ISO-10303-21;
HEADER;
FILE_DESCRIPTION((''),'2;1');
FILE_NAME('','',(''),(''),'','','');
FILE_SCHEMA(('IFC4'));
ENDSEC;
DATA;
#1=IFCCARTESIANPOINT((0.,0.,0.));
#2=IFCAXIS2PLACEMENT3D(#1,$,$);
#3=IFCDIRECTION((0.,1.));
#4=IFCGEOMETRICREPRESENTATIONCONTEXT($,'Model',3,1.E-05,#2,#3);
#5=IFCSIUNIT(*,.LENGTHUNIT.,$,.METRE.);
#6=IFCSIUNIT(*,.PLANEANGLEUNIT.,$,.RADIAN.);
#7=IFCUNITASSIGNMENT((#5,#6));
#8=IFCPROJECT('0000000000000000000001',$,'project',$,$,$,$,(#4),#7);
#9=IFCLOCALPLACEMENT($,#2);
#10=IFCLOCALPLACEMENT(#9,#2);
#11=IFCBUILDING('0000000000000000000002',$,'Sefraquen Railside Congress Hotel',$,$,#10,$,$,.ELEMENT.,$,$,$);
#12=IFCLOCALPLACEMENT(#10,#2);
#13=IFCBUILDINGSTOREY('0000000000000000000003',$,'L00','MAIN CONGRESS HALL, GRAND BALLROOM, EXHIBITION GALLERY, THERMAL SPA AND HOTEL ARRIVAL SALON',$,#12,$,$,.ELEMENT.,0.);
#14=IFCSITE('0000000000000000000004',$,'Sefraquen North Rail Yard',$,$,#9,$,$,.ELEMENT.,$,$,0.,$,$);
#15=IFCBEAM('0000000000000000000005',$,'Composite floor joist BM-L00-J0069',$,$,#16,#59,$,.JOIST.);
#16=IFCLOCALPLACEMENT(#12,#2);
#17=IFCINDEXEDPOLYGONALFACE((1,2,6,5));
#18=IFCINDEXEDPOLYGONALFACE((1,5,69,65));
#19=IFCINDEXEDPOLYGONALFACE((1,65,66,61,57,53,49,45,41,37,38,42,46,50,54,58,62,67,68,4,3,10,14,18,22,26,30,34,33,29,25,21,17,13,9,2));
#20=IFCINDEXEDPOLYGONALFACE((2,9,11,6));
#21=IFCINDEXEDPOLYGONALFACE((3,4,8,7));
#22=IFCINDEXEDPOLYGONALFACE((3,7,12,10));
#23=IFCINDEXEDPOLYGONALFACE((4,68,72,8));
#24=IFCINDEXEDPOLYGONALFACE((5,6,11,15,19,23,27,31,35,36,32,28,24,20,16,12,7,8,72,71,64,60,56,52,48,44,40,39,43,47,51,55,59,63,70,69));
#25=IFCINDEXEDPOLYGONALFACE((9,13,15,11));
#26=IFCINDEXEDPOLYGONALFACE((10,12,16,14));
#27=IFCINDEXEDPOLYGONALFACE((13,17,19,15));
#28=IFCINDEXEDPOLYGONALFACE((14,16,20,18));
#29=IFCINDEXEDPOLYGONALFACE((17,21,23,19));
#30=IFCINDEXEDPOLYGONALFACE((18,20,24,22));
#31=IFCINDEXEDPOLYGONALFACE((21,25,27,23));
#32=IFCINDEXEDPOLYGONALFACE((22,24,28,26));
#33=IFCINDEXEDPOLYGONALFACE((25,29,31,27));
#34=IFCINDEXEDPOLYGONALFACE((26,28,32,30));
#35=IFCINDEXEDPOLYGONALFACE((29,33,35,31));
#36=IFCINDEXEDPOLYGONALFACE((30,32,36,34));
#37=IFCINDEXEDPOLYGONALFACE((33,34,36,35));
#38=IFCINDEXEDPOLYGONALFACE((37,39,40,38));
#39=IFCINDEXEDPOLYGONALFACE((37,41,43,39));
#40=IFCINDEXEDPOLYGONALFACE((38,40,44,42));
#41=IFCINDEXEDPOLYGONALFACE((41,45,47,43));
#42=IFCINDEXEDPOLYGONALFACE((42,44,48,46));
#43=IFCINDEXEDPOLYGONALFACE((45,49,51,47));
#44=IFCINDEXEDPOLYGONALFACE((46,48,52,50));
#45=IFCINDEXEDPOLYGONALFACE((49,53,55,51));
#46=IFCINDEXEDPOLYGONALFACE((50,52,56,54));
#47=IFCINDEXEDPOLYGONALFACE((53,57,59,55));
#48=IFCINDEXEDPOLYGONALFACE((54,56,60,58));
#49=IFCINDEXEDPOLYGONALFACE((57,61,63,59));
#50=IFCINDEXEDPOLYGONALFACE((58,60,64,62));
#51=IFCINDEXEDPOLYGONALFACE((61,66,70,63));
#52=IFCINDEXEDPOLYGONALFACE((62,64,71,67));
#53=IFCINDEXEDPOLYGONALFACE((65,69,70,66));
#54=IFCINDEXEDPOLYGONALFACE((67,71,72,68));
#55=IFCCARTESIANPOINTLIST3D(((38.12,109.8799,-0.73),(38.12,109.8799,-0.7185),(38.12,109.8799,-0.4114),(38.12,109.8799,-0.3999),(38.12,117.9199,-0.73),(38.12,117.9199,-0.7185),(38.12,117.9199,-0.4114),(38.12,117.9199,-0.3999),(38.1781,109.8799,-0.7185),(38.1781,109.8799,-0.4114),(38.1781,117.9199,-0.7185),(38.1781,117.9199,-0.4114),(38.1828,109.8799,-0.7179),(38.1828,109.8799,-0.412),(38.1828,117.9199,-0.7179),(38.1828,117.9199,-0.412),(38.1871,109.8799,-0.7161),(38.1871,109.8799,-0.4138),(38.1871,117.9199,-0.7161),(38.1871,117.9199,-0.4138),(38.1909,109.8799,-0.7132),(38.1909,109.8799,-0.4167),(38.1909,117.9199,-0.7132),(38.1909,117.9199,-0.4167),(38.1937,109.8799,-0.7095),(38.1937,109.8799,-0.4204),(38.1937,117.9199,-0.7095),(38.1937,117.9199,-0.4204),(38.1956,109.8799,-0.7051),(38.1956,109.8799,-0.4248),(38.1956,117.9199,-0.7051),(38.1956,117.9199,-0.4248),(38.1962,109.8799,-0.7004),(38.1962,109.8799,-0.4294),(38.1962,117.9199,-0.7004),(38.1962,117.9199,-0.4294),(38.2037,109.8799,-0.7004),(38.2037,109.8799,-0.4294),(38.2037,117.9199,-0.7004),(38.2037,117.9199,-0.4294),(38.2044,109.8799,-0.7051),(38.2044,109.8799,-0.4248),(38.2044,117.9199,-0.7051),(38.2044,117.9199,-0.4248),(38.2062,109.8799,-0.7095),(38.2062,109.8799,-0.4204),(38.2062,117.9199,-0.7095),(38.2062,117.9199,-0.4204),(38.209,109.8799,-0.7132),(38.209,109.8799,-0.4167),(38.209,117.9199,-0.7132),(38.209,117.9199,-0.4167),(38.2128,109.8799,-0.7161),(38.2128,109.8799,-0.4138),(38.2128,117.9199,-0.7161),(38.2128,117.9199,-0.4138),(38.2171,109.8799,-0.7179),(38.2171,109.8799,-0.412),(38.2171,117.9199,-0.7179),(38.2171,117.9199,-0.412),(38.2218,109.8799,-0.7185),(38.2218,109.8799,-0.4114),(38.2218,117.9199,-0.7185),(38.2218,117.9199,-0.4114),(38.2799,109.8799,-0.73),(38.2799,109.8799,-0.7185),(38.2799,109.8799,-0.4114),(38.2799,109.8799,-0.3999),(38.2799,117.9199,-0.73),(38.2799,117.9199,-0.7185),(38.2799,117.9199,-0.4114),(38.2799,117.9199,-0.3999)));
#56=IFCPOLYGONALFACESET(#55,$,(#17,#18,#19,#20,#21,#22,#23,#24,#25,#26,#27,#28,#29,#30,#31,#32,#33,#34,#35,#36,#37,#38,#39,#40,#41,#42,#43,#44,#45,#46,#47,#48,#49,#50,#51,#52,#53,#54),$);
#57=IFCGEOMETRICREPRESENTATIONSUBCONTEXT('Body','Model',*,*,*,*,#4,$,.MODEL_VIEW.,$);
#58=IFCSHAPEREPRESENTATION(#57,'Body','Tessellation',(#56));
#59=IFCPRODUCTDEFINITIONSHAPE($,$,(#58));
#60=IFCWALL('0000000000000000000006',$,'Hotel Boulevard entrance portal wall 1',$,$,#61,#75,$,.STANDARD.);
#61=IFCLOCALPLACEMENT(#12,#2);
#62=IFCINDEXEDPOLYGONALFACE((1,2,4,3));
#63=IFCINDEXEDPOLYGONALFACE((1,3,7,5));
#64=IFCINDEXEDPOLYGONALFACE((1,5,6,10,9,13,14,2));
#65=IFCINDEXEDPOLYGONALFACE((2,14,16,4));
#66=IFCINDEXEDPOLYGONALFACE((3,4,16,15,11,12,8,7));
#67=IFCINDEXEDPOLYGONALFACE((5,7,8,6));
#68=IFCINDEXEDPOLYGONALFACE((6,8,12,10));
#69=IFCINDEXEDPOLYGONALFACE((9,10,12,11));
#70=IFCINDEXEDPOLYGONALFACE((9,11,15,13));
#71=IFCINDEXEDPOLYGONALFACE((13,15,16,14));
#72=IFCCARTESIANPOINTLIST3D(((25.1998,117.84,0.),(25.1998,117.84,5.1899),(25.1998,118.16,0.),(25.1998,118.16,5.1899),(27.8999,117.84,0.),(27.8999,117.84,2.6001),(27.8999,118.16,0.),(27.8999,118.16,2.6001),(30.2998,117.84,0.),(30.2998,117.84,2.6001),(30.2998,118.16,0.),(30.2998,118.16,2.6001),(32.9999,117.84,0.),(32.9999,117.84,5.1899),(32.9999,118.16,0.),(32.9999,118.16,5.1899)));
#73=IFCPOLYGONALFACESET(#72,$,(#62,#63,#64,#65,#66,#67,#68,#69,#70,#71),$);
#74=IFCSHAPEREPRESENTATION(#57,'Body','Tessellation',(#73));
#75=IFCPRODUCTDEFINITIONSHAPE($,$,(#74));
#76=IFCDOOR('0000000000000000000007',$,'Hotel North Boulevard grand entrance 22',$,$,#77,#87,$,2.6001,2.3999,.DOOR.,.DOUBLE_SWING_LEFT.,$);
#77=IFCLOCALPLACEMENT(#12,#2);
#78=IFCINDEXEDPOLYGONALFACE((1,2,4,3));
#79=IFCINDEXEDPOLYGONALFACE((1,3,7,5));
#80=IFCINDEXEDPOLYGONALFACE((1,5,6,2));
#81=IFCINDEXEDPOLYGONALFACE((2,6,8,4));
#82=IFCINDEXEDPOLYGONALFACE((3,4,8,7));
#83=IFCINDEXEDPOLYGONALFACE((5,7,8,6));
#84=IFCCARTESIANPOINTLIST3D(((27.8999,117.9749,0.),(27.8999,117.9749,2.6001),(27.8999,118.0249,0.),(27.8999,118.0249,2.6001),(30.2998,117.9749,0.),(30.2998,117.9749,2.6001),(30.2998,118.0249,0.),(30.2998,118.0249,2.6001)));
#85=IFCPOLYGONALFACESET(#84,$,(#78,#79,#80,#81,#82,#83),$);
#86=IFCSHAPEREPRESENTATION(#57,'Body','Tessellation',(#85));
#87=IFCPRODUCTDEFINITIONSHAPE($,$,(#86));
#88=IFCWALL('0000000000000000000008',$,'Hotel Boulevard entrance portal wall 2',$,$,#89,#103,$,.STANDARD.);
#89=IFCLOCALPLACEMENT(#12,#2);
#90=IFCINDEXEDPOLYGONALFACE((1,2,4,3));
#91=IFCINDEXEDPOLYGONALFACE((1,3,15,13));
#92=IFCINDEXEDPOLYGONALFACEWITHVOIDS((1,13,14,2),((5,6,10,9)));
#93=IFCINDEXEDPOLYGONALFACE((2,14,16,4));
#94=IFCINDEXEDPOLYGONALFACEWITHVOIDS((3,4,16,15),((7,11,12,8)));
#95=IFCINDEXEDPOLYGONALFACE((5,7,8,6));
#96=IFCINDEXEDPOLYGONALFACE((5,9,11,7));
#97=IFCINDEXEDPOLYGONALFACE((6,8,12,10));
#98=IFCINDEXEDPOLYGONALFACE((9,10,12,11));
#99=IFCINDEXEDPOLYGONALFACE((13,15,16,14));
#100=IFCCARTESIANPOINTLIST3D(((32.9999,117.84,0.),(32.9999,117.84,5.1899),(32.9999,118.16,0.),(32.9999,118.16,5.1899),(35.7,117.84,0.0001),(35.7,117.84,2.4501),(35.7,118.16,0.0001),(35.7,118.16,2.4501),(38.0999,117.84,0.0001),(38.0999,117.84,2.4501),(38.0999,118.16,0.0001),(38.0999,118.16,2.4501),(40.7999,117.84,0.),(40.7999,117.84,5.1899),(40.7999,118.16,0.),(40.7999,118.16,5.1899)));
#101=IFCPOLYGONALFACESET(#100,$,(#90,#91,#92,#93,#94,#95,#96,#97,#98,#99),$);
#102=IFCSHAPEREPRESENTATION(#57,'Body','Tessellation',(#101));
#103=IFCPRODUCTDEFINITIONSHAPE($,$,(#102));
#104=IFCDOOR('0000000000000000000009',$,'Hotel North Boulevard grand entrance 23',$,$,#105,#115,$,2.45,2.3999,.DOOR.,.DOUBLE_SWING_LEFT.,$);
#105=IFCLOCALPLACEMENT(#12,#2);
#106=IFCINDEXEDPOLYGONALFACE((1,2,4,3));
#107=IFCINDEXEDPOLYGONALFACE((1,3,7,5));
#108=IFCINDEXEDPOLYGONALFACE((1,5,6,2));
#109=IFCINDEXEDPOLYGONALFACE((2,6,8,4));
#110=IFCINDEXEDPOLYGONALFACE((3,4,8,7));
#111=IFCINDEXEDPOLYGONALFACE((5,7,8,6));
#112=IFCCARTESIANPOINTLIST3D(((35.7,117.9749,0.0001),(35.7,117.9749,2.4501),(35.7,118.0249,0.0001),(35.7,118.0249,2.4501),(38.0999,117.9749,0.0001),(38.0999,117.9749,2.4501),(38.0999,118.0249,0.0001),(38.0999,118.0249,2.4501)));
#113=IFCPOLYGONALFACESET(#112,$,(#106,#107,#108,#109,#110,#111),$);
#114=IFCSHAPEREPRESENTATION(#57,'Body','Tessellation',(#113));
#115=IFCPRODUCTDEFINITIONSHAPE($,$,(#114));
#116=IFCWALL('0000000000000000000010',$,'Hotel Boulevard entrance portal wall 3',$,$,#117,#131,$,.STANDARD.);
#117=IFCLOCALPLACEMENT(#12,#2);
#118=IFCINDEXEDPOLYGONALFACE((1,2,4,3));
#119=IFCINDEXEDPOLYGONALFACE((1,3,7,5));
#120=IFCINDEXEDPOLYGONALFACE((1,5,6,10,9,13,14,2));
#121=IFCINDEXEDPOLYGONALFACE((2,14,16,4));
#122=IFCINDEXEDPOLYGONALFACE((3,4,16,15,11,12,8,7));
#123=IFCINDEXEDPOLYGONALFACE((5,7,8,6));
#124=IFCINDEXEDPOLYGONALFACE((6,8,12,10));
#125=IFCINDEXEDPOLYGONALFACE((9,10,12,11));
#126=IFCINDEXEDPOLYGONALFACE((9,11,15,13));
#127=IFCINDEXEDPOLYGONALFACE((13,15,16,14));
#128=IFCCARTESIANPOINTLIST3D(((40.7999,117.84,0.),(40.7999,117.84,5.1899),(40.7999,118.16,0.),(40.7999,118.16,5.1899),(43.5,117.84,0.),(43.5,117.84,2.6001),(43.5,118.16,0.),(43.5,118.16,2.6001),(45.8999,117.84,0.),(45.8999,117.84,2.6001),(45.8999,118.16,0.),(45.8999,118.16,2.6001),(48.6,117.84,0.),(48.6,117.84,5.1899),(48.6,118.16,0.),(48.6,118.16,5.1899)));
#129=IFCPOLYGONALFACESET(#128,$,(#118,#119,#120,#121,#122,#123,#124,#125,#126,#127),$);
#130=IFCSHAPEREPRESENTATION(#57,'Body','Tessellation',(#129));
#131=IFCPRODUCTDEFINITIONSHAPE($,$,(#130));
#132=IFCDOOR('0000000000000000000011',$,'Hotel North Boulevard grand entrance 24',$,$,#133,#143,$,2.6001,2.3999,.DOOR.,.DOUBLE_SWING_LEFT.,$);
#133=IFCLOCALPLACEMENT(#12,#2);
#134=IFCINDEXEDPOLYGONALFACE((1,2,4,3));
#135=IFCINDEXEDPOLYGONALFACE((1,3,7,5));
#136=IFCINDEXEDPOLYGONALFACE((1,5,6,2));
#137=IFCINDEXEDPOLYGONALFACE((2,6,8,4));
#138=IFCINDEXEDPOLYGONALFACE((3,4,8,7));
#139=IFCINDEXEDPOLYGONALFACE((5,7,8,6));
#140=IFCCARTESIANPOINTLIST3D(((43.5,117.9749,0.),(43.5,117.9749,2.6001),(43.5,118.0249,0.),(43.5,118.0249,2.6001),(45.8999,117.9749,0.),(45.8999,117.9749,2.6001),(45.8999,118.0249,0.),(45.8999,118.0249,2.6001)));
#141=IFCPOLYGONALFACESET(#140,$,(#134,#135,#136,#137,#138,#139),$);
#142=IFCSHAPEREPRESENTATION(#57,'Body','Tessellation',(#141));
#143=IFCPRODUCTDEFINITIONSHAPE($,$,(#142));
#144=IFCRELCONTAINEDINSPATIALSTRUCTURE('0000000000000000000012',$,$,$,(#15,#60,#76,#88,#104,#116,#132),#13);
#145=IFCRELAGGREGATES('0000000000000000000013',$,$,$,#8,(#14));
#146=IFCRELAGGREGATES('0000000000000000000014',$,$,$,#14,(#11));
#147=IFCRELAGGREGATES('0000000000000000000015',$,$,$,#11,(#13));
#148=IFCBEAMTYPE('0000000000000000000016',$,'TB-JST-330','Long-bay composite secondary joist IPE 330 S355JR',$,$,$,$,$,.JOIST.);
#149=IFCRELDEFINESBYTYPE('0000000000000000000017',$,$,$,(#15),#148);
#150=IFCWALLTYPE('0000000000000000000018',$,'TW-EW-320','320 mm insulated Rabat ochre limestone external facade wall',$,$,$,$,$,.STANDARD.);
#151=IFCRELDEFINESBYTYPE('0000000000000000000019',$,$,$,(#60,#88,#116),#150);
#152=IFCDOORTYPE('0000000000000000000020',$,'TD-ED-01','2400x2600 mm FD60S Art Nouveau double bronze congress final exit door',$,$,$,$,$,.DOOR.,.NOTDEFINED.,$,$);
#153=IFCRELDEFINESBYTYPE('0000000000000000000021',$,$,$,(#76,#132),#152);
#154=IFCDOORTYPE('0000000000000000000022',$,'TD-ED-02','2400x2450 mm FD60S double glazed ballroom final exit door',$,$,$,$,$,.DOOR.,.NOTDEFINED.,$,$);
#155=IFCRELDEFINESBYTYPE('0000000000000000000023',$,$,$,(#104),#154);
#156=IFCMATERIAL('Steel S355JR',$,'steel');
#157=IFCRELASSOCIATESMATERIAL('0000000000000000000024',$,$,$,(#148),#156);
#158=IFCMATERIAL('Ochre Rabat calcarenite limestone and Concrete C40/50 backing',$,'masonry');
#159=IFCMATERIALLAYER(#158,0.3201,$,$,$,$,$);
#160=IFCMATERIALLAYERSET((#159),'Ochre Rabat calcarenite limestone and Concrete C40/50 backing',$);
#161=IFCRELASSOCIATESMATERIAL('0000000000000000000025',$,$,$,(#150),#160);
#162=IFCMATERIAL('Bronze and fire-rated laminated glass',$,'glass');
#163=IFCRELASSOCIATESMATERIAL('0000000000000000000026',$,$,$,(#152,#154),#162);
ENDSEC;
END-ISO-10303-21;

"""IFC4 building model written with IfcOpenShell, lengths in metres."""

from ifc_helpers import new_model, si_unit, direction, frame, frame_2d, origin, origin_2d, place, context, subcontext, project, spatial, rectangle, i_section, extrude, material, layer, layer_set, material_profile, profile_set, type_object, element, fill, save


model = new_model("IFC4")

# Units and contexts
model_context = context("Model", 3, precision=1e-05, world=origin(), true_north=direction((0.0, 1.0)))
body_context = subcontext(model_context, "Body", "Model", "MODEL_VIEW")
ifc_project = project(units=[si_unit("LENGTHUNIT", "METRE"), si_unit("PLANEANGLEUNIT", "RADIAN")], contexts=[model_context])

# Site, building, storey
site_placement = place(None, origin())
site = spatial("IfcSite", under=ifc_project, at=site_placement, Name="Sefraquen North Rail Yard", CompositionType="ELEMENT", RefElevation=0.0)
building_placement = place(site_placement, origin())
building = spatial("IfcBuilding", under=site, at=building_placement, Name="Sefraquen Railside Congress Hotel", CompositionType="ELEMENT")
storey_placement = place(building_placement, origin())
storey = spatial("IfcBuildingStorey", under=building, at=storey_placement, Name="L00", Description="MAIN CONGRESS HALL, GRAND BALLROOM, EXHIBITION GALLERY, THERMAL SPA AND HOTEL ARRIVAL SALON", CompositionType="ELEMENT", Elevation=0.0)

# Shared definitions
ifc_material_1 = material(Name="Steel S355JR", Category="steel")

# Beam
ifc_material_profile_1 = material_profile(ifc_material_1, i_section(OverallWidth=0.1599, OverallDepth=0.3301, WebThickness=0.0076, FlangeThickness=0.0115, FilletRadius=0.0181, at=origin_2d()), Name="IPE 330")
ifc_profile_set_1 = profile_set([ifc_material_profile_1], Name="Steel S355JR")
beam_type_1 = type_object("IfcBeamType", Name="TB-JST-330", Description="Long-bay composite secondary joist IPE 330 S355JR", PredefinedType="JOIST", material=ifc_profile_set_1)
for number, where, z_axis, x_axis, name in (
    (1, (38.2, 109.8799, -0.5649), (0.0, 1.0, 0.0), (-1.0, 0.0, 0.0), "Composite floor joist BM-L00-J0069"),
):
    element("IfcBeam", number, at=place(storey_placement, frame(where, z_axis=z_axis, x_axis=x_axis)), inside=storey, type_object=beam_type_1, Name=name, PredefinedType="JOIST", context=body_context, shape_type="SweptSolid", body=[
        extrude(i_section(OverallWidth=0.1599, OverallDepth=0.3301, WebThickness=0.0076, FlangeThickness=0.0115, FilletRadius=0.0181, at=origin_2d()), origin(), (0.0, 0.0, 1.0), 8.04),
    ])

# Walls, openings, doors
ifc_material_2 = material(Name="Ochre Rabat calcarenite limestone and Concrete C40/50 backing", Category="masonry")
ifc_layer = layer(ifc_material_2, 0.3201)
ifc_layer_set = layer_set([ifc_layer], Name="Ochre Rabat calcarenite limestone and Concrete C40/50 backing")
wall_type = type_object("IfcWallType", Name="TW-EW-320", Description="320 mm insulated Rabat ochre limestone external facade wall", PredefinedType="STANDARD", material=ifc_layer_set)
wall_1_placement = place(storey_placement, frame((25.2, 118.0, 0.0), z_axis=(0.0, 0.0, 1.0), x_axis=(1.0, 0.0, 0.0)))
wall_1 = element("IfcWall", 2, at=wall_1_placement, inside=storey, type_object=wall_type, Name="Hotel Boulevard entrance portal wall 1", PredefinedType="STANDARD", context=body_context, shape_type="SweptSolid", body=[
    extrude(rectangle(XDim=7.8, YDim=0.3201, at=frame_2d((3.8999, 0.0))), origin(), (0.0, 0.0, 1.0), 5.1899),
])
opening_1_placement = place(wall_1_placement, frame((2.7, 0.0, 0.0)))
opening_1 = element("IfcOpeningElement", 3, at=opening_1_placement, cuts=wall_1, PredefinedType="OPENING", context=body_context, shape_type="SweptSolid", body=[
    extrude(rectangle(XDim=2.3999, YDim=2.6001, at=frame_2d((1.2, 1.3))), frame((0.0, 0.1699, 0.0), z_axis=(0.0, -1.0, 0.0), x_axis=(1.0, 0.0, 0.0)), (0.0, 0.0, 1.0), 0.3401),
])
ifc_material_3 = material(Name="Bronze and fire-rated laminated glass", Category="glass")
door_type_1 = type_object("IfcDoorType", Name="TD-ED-01", Description="2400x2600 mm FD60S Art Nouveau double bronze congress final exit door", OperationType="NOTDEFINED", PredefinedType="DOOR", material=ifc_material_3)
door_1_placement = place(opening_1_placement, origin())
door_1 = element("IfcDoor", 4, at=door_1_placement, inside=storey, type_object=door_type_1, Name="Hotel North Boulevard grand entrance 22", OperationType="DOUBLE_SWING_LEFT", OverallHeight=2.6001, OverallWidth=2.3999, PredefinedType="DOOR", context=body_context, shape_type="SweptSolid", body=[
    extrude(rectangle(XDim=2.3999, YDim=2.6001, at=frame_2d((1.2, 1.3))), frame((0.0, 0.0249, 0.0), z_axis=(0.0, -1.0, 0.0), x_axis=(1.0, 0.0, 0.0)), (0.0, 0.0, 1.0), 0.05),
])
fill(opening_1, door_1)
wall_2_placement = place(storey_placement, frame((33.0, 118.0, 0.0), z_axis=(0.0, 0.0, 1.0), x_axis=(1.0, 0.0, 0.0)))
wall_2 = element("IfcWall", 5, at=wall_2_placement, inside=storey, type_object=wall_type, Name="Hotel Boulevard entrance portal wall 2", PredefinedType="STANDARD", context=body_context, shape_type="SweptSolid", body=[
    extrude(rectangle(XDim=7.8, YDim=0.3201, at=frame_2d((3.8999, 0.0))), origin(), (0.0, 0.0, 1.0), 5.1899),
])
opening_2_placement = place(wall_2_placement, frame((2.7, 0.0, 0.0)))
opening_2 = element("IfcOpeningElement", 6, at=opening_2_placement, cuts=wall_2, PredefinedType="OPENING", context=body_context, shape_type="SweptSolid", body=[
    extrude(rectangle(XDim=2.3999, YDim=2.45, at=frame_2d((1.2, 1.2251))), frame((0.0, 0.1699, 0.0), z_axis=(0.0, -1.0, 0.0), x_axis=(1.0, 0.0, 0.0)), (0.0, 0.0, 1.0), 0.3401),
])
door_type_2 = type_object("IfcDoorType", Name="TD-ED-02", Description="2400x2450 mm FD60S double glazed ballroom final exit door", OperationType="NOTDEFINED", PredefinedType="DOOR", material=ifc_material_3)
door_2_placement = place(opening_2_placement, origin())
door_2 = element("IfcDoor", 7, at=door_2_placement, inside=storey, type_object=door_type_2, Name="Hotel North Boulevard grand entrance 23", OperationType="DOUBLE_SWING_LEFT", OverallHeight=2.45, OverallWidth=2.3999, PredefinedType="DOOR", context=body_context, shape_type="SweptSolid", body=[
    extrude(rectangle(XDim=2.3999, YDim=2.45, at=frame_2d((1.2, 1.2251))), frame((0.0, 0.0249, 0.0), z_axis=(0.0, -1.0, 0.0), x_axis=(1.0, 0.0, 0.0)), (0.0, 0.0, 1.0), 0.05),
])
fill(opening_2, door_2)
wall_3_placement = place(storey_placement, frame((40.8, 118.0, 0.0), z_axis=(0.0, 0.0, 1.0), x_axis=(1.0, 0.0, 0.0)))
wall_3 = element("IfcWall", 8, at=wall_3_placement, inside=storey, type_object=wall_type, Name="Hotel Boulevard entrance portal wall 3", PredefinedType="STANDARD", context=body_context, shape_type="SweptSolid", body=[
    extrude(rectangle(XDim=7.8, YDim=0.3201, at=frame_2d((3.8999, 0.0))), origin(), (0.0, 0.0, 1.0), 5.1899),
])
opening_3_placement = place(wall_3_placement, frame((2.7, 0.0, 0.0)))
opening_3 = element("IfcOpeningElement", 9, at=opening_3_placement, cuts=wall_3, PredefinedType="OPENING", context=body_context, shape_type="SweptSolid", body=[
    extrude(rectangle(XDim=2.3999, YDim=2.6001, at=frame_2d((1.2, 1.3))), frame((0.0, 0.1699, 0.0), z_axis=(0.0, -1.0, 0.0), x_axis=(1.0, 0.0, 0.0)), (0.0, 0.0, 1.0), 0.3401),
])
door_3_placement = place(opening_3_placement, origin())
door_3 = element("IfcDoor", 10, at=door_3_placement, inside=storey, type_object=door_type_1, Name="Hotel North Boulevard grand entrance 24", OperationType="DOUBLE_SWING_LEFT", OverallHeight=2.6001, OverallWidth=2.3999, PredefinedType="DOOR", context=body_context, shape_type="SweptSolid", body=[
    extrude(rectangle(XDim=2.3999, YDim=2.6001, at=frame_2d((1.2, 1.3))), frame((0.0, 0.0249, 0.0), z_axis=(0.0, -1.0, 0.0), x_axis=(1.0, 0.0, 0.0)), (0.0, 0.0, 1.0), 0.05),
])
fill(opening_3, door_3)

save(model, "model.ifc")
